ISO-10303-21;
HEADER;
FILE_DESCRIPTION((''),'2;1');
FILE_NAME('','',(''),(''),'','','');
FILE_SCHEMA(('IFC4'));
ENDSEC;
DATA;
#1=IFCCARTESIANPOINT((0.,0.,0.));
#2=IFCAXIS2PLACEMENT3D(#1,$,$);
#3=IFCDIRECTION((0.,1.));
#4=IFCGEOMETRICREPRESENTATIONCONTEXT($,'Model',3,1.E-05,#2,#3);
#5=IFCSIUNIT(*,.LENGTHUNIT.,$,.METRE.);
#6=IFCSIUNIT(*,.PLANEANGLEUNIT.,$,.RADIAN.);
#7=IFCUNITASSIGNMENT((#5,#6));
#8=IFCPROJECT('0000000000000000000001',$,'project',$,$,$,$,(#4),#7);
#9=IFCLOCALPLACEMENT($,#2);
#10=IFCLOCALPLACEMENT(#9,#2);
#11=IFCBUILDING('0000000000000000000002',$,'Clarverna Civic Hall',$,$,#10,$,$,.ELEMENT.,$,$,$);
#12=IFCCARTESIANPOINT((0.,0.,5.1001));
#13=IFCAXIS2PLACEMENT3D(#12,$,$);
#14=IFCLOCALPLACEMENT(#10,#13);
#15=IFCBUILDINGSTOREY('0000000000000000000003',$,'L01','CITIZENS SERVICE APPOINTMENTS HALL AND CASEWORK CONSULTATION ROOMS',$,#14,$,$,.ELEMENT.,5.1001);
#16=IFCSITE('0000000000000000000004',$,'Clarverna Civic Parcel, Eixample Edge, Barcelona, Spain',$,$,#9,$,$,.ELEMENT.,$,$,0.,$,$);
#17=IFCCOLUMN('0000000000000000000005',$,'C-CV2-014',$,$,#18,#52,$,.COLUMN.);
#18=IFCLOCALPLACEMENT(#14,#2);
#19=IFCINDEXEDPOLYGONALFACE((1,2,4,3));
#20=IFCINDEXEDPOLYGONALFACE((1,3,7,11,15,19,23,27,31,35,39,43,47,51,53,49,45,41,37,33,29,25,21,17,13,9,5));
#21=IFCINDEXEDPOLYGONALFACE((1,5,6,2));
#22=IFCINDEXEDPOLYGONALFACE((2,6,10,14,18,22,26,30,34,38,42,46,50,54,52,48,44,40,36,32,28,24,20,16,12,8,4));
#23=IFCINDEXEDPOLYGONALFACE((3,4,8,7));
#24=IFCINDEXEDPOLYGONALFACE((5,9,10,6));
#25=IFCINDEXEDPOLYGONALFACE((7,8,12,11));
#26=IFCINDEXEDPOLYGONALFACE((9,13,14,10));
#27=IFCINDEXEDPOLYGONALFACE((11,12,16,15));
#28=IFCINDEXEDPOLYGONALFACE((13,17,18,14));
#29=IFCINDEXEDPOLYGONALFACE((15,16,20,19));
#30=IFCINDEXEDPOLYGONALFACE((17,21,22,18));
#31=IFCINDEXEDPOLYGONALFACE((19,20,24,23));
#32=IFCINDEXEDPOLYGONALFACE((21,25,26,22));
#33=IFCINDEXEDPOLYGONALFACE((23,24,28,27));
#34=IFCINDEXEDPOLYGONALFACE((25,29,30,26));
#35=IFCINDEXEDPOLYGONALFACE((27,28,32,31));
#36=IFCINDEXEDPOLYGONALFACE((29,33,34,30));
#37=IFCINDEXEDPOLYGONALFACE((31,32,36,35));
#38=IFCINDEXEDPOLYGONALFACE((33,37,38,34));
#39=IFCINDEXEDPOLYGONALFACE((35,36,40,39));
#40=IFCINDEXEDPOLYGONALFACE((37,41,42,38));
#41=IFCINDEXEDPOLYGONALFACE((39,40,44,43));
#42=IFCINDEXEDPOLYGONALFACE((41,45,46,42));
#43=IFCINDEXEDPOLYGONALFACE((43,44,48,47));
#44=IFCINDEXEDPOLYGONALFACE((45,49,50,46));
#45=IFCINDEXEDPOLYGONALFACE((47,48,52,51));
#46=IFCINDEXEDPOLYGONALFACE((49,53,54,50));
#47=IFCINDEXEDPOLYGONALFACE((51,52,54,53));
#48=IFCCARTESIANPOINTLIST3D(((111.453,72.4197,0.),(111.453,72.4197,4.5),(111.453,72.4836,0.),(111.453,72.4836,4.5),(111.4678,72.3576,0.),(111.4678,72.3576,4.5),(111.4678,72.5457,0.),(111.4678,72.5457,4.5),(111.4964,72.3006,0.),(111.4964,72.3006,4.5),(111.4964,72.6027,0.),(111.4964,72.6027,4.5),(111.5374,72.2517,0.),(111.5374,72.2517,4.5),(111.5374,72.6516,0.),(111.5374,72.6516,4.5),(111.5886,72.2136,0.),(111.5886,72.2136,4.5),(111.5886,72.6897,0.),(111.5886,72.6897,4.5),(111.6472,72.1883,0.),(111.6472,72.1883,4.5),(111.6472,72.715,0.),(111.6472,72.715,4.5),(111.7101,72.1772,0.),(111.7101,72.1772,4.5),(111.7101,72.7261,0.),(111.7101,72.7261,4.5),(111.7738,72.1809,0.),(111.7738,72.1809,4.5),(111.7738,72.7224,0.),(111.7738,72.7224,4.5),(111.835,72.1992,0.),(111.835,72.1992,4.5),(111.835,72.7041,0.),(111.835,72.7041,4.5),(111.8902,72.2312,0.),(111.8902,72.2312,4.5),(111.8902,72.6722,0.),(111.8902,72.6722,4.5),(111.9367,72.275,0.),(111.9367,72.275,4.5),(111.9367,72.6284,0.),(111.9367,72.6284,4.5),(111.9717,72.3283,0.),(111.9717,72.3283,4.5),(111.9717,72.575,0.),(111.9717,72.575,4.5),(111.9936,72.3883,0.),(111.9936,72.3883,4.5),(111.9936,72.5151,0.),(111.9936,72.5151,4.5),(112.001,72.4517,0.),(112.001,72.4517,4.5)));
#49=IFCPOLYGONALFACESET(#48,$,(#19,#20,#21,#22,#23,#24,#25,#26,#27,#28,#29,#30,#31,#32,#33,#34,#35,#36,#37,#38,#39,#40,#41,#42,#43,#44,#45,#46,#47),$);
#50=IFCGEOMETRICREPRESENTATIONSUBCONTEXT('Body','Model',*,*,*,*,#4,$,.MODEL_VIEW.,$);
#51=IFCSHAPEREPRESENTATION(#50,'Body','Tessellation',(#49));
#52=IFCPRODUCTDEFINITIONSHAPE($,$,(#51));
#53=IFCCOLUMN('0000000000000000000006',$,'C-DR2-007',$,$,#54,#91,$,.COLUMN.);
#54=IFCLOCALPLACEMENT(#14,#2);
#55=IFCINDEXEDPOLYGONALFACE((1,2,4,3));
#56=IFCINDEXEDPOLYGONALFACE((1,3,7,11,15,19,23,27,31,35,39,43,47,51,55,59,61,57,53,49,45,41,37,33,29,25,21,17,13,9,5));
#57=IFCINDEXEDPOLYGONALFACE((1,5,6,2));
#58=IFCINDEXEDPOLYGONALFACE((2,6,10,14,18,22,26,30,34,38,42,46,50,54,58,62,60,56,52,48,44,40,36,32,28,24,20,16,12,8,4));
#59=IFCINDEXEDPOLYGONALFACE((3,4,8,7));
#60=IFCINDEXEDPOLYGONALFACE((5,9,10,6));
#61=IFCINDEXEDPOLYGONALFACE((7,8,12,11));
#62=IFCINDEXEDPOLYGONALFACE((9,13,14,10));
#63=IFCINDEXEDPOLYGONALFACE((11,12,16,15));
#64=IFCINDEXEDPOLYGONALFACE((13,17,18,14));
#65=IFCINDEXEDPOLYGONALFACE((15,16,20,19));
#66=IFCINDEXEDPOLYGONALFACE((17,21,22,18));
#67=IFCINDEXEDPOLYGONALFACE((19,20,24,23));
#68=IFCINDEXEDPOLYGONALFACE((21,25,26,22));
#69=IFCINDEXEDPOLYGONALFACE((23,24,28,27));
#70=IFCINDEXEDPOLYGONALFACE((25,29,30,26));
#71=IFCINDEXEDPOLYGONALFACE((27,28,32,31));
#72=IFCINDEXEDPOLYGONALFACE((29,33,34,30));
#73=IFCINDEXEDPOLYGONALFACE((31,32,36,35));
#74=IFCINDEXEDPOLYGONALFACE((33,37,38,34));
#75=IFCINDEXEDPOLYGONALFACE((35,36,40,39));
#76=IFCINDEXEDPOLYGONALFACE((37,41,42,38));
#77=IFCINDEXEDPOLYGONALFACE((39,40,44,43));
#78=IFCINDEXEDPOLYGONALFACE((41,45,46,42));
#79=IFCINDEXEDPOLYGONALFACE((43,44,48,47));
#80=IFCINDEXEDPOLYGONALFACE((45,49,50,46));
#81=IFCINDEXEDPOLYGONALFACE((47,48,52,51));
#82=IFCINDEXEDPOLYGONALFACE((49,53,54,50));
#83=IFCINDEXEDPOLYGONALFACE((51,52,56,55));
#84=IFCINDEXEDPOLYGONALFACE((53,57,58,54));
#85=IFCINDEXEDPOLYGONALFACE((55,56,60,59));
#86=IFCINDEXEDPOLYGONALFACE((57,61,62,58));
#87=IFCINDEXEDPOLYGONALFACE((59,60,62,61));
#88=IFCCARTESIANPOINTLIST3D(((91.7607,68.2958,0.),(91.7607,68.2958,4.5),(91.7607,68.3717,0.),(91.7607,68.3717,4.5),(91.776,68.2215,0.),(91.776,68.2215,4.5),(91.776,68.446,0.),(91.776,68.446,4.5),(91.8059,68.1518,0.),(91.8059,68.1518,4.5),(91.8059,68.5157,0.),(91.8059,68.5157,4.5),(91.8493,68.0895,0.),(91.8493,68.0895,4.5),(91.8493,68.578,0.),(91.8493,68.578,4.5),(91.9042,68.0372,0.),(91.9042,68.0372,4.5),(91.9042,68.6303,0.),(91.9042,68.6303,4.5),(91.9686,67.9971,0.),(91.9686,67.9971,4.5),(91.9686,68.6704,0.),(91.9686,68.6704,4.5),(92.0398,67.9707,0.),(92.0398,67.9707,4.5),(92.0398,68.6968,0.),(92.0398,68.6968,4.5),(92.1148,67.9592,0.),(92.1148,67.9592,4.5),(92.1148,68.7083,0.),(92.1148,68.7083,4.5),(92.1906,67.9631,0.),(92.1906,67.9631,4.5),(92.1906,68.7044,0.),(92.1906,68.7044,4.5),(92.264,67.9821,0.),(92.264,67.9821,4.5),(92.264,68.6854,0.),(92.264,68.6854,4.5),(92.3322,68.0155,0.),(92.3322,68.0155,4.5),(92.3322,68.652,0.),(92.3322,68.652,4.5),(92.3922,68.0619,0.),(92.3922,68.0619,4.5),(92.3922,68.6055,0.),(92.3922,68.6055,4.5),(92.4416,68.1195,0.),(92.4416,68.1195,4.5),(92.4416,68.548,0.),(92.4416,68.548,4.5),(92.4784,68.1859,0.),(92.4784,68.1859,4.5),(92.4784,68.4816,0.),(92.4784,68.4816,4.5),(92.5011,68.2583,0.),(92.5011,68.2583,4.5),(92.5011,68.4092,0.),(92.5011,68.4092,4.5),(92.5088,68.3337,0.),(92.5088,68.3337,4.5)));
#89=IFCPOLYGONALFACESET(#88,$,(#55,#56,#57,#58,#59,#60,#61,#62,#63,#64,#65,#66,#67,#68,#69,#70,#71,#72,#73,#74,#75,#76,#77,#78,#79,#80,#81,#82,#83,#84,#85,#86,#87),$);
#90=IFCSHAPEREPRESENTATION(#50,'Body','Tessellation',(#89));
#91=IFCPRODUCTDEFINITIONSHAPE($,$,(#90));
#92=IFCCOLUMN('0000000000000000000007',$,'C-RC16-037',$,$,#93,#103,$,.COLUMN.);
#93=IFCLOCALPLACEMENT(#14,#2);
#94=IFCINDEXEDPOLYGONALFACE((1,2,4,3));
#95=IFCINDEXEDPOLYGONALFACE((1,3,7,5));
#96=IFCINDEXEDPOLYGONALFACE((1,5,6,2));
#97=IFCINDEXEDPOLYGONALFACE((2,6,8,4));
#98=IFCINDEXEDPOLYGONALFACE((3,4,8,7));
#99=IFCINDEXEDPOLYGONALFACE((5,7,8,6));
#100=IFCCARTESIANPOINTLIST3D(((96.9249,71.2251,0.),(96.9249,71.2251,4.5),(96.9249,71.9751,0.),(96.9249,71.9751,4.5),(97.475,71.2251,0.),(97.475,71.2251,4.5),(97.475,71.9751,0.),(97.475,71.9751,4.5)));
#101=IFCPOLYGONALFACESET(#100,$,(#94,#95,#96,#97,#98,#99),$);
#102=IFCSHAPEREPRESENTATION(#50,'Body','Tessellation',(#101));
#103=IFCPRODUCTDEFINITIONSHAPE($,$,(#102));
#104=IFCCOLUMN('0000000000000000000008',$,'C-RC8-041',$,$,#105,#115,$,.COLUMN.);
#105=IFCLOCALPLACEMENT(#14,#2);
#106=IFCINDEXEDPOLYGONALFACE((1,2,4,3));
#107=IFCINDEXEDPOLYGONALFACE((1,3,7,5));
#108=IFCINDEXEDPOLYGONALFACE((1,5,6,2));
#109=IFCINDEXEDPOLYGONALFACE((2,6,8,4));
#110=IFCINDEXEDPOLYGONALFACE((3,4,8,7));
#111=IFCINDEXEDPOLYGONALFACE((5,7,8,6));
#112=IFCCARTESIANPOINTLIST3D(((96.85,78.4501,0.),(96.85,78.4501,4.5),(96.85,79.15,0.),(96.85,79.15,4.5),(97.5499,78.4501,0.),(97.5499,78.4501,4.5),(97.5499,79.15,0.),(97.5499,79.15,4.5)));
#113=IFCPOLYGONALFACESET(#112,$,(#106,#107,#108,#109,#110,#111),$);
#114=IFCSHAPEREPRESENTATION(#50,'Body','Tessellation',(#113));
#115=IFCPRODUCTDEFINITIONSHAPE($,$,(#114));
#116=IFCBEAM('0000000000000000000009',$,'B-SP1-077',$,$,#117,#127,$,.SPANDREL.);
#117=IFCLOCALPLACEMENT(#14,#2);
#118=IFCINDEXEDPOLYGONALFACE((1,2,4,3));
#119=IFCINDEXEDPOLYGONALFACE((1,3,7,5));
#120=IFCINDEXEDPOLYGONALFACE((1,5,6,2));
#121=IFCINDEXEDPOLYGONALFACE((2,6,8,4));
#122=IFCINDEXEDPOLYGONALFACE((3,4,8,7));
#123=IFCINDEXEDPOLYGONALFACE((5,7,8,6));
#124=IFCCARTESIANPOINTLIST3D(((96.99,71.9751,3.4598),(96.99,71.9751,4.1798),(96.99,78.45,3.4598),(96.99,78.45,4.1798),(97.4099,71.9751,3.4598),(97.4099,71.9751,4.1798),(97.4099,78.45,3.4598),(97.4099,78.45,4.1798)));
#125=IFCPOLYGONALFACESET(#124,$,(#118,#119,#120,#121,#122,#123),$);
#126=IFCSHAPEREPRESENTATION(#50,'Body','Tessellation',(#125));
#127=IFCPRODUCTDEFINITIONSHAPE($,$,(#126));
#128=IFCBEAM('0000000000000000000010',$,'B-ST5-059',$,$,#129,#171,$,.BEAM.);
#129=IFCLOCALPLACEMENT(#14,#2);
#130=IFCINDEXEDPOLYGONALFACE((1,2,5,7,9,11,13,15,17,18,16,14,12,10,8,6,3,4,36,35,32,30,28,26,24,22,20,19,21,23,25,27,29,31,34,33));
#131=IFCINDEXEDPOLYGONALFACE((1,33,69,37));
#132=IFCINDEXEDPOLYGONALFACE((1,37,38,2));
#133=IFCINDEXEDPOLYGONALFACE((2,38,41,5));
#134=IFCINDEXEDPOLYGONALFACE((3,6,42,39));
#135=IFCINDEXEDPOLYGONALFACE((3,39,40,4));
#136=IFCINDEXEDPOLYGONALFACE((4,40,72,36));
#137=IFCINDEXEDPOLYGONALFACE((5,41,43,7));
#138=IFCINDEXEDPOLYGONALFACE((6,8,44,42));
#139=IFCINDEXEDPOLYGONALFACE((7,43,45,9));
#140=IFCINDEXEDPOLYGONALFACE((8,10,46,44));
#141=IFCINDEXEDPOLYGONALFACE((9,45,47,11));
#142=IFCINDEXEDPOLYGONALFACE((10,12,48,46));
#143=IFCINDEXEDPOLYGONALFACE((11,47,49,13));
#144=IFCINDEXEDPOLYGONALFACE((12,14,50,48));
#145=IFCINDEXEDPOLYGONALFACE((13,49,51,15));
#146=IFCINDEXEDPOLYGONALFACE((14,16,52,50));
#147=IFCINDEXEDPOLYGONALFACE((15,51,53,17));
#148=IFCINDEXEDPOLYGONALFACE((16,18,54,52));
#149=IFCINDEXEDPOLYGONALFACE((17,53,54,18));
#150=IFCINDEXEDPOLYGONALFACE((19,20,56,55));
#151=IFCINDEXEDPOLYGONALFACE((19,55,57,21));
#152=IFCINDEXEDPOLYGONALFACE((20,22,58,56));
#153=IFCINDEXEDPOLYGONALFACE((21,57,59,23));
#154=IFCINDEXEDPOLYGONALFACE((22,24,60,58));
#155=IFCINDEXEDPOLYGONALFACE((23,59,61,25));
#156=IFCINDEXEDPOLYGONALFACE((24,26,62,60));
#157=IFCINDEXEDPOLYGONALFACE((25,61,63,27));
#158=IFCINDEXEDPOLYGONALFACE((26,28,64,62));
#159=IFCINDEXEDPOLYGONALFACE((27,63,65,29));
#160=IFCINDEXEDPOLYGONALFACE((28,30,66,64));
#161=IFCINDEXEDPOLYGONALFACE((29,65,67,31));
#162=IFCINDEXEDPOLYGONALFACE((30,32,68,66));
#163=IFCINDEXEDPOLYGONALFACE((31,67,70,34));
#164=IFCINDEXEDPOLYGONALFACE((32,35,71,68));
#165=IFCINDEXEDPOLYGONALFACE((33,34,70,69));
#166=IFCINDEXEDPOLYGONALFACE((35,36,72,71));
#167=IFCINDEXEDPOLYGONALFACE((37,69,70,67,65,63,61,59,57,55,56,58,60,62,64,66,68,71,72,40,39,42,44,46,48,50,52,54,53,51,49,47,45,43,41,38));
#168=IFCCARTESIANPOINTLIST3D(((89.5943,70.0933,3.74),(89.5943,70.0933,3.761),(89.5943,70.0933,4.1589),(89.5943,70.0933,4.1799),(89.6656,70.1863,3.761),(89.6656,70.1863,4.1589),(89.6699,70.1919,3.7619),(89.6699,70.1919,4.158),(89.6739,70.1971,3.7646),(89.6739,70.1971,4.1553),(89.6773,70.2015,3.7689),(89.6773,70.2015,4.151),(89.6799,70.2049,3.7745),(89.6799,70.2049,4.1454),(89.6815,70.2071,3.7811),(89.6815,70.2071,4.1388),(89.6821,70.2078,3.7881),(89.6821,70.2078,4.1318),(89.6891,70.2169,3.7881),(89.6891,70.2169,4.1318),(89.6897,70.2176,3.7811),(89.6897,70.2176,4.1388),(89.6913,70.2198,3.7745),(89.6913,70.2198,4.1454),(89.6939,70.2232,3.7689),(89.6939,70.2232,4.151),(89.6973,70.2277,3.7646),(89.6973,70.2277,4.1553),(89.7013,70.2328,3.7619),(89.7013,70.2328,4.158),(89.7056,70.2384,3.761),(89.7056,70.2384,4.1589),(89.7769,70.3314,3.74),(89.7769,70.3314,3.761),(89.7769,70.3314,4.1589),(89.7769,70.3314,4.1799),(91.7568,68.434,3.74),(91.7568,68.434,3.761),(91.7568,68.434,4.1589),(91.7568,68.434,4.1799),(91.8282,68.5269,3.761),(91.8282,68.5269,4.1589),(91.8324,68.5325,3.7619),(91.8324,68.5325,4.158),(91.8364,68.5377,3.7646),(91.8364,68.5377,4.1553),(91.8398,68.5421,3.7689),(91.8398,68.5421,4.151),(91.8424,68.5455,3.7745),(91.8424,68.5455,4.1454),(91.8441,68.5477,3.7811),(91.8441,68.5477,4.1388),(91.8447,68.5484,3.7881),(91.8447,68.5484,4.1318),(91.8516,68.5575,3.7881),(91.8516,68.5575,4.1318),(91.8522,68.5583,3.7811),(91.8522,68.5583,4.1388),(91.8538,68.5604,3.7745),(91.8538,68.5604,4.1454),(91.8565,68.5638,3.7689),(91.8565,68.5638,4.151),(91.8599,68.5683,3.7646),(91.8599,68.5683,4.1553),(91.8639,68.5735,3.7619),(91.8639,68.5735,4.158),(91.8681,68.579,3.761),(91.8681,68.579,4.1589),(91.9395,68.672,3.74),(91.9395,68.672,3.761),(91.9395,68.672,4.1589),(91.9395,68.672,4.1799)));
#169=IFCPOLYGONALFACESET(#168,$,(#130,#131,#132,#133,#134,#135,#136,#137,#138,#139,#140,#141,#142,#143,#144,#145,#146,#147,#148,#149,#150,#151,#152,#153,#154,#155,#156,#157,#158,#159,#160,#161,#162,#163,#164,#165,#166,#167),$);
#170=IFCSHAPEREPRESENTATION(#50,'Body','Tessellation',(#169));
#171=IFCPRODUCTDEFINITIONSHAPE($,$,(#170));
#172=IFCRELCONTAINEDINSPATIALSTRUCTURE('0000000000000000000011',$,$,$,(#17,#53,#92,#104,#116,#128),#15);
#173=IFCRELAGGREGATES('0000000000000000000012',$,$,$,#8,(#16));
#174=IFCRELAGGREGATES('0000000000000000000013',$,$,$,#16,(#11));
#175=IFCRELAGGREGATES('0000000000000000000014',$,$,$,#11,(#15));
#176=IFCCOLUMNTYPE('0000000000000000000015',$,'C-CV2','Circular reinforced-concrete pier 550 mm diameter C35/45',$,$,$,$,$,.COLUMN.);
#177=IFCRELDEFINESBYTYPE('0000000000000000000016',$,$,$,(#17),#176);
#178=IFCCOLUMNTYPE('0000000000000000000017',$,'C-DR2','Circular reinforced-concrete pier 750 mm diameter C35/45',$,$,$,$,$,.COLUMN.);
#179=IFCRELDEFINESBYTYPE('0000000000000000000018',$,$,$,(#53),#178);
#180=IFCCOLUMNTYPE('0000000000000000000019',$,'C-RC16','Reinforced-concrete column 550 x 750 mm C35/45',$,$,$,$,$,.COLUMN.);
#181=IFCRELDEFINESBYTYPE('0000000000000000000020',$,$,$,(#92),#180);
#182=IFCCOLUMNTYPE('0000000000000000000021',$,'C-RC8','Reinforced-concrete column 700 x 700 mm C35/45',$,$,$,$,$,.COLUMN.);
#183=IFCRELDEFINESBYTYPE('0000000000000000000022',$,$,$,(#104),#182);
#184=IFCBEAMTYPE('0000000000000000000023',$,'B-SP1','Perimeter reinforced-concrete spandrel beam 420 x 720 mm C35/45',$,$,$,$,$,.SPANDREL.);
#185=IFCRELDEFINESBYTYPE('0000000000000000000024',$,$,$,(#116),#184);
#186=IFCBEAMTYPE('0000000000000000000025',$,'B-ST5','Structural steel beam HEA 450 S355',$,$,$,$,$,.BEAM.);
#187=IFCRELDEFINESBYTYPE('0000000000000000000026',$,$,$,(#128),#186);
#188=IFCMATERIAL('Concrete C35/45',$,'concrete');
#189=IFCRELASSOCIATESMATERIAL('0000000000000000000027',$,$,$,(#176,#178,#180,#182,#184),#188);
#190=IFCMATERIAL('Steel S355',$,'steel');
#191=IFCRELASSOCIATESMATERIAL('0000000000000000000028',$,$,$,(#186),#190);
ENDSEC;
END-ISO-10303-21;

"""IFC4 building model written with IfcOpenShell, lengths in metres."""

from ifc_helpers import new_model, si_unit, direction, frame, origin, origin_2d, place, context, subcontext, project, spatial, rectangle, circle, i_section, extrude, material, material_profile, profile_set, type_object, element, save


model = new_model("IFC4")

# Units and contexts
model_context = context("Model", 3, precision=1e-05, world=origin(), true_north=direction((0.0, 1.0)))
body_context = subcontext(model_context, "Body", "Model", "MODEL_VIEW")
ifc_project = project(units=[si_unit("LENGTHUNIT", "METRE"), si_unit("PLANEANGLEUNIT", "RADIAN")], contexts=[model_context])

# Site, building, storey
site_placement = place(None, origin())
site = spatial("IfcSite", under=ifc_project, at=site_placement, Name="Clarverna Civic Parcel, Eixample Edge, Barcelona, Spain", CompositionType="ELEMENT", RefElevation=0.0)
building_placement = place(site_placement, origin())
building = spatial("IfcBuilding", under=site, at=building_placement, Name="Clarverna Civic Hall", CompositionType="ELEMENT")
storey_placement = place(building_placement, frame((0.0, 0.0, 5.1001)))
storey = spatial("IfcBuildingStorey", under=building, at=storey_placement, Name="L01", Description="CITIZENS SERVICE APPOINTMENTS HALL AND CASEWORK CONSULTATION ROOMS", CompositionType="ELEMENT", Elevation=5.1001)

# Columns
ifc_material_1 = material(Name="Concrete C35/45", Category="concrete")
ifc_material_profile_1 = material_profile(ifc_material_1, circle(Radius=0.2749, at=origin_2d()), Name="RC D550")
ifc_profile_set_1 = profile_set([ifc_material_profile_1], Name="Concrete C35/45")
column_type_1 = type_object("IfcColumnType", Name="C-CV2", Description="Circular reinforced-concrete pier 550 mm diameter C35/45", PredefinedType="COLUMN", material=ifc_profile_set_1)
column_1_placement = place(storey_placement, frame((111.7261, 72.4517, 0.0), z_axis=(0.0, 0.0, 1.0), x_axis=(1.0, 0.0, 0.0)))
element("IfcColumn", 1, at=column_1_placement, inside=storey, type_object=column_type_1, Name="C-CV2-014", PredefinedType="COLUMN", context=body_context, shape_type="SweptSolid", body=[
    extrude(circle(Radius=0.2749, at=origin_2d()), origin(), (0.0, 0.0, 1.0), 4.5),
])
ifc_material_profile_2 = material_profile(ifc_material_1, circle(Radius=0.375, at=origin_2d()), Name="RC D750")
ifc_profile_set_2 = profile_set([ifc_material_profile_2], Name="Concrete C35/45")
column_type_2 = type_object("IfcColumnType", Name="C-DR2", Description="Circular reinforced-concrete pier 750 mm diameter C35/45", PredefinedType="COLUMN", material=ifc_profile_set_2)
column_2_placement = place(storey_placement, frame((92.1338, 68.3337, 0.0), z_axis=(0.0, 0.0, 1.0), x_axis=(1.0, 0.0, 0.0)))
element("IfcColumn", 2, at=column_2_placement, inside=storey, type_object=column_type_2, Name="C-DR2-007", PredefinedType="COLUMN", context=body_context, shape_type="SweptSolid", body=[
    extrude(circle(Radius=0.375, at=origin_2d()), origin(), (0.0, 0.0, 1.0), 4.5),
])
ifc_material_profile_3 = material_profile(ifc_material_1, rectangle(XDim=0.55, YDim=0.75, at=origin_2d()), Name="RC 550x750")
ifc_profile_set_3 = profile_set([ifc_material_profile_3], Name="Concrete C35/45")
column_type_3 = type_object("IfcColumnType", Name="C-RC16", Description="Reinforced-concrete column 550 x 750 mm C35/45", PredefinedType="COLUMN", material=ifc_profile_set_3)
column_3_placement = place(storey_placement, frame((97.2, 71.6001, 0.0), z_axis=(0.0, 0.0, 1.0), x_axis=(1.0, 0.0, 0.0)))
element("IfcColumn", 3, at=column_3_placement, inside=storey, type_object=column_type_3, Name="C-RC16-037", PredefinedType="COLUMN", context=body_context, shape_type="SweptSolid", body=[
    extrude(rectangle(XDim=0.55, YDim=0.75, at=origin_2d()), origin(), (0.0, 0.0, 1.0), 4.5),
])
ifc_material_profile_4 = material_profile(ifc_material_1, rectangle(XDim=0.7, YDim=0.7, at=origin_2d()), Name="RC 700x700")
ifc_profile_set_4 = profile_set([ifc_material_profile_4], Name="Concrete C35/45")
column_type_4 = type_object("IfcColumnType", Name="C-RC8", Description="Reinforced-concrete column 700 x 700 mm C35/45", PredefinedType="COLUMN", material=ifc_profile_set_4)
column_4_placement = place(storey_placement, frame((97.2, 78.8, 0.0), z_axis=(0.0, 0.0, 1.0), x_axis=(1.0, 0.0, 0.0)))
element("IfcColumn", 4, at=column_4_placement, inside=storey, type_object=column_type_4, Name="C-RC8-041", PredefinedType="COLUMN", context=body_context, shape_type="SweptSolid", body=[
    extrude(rectangle(XDim=0.7, YDim=0.7, at=origin_2d()), origin(), (0.0, 0.0, 1.0), 4.5),
])

# Beams
ifc_material_profile_5 = material_profile(ifc_material_1, rectangle(XDim=0.4199, YDim=0.72, at=origin_2d()), Name="RC 420x720")
ifc_profile_set_5 = profile_set([ifc_material_profile_5], Name="Concrete C35/45")
beam_type_1 = type_object("IfcBeamType", Name="B-SP1", Description="Perimeter reinforced-concrete spandrel beam 420 x 720 mm C35/45", PredefinedType="SPANDREL", material=ifc_profile_set_5)
beam_1_placement = place(storey_placement, frame((97.2, 71.9751, 3.8198), z_axis=(0.0, 1.0, 0.0), x_axis=(-1.0, 0.0, 0.0)))
element("IfcBeam", 5, at=beam_1_placement, inside=storey, type_object=beam_type_1, Name="B-SP1-077", PredefinedType="SPANDREL", context=body_context, shape_type="SweptSolid", body=[
    extrude(rectangle(XDim=0.4199, YDim=0.72, at=origin_2d()), origin(), (0.0, 0.0, 1.0), 6.4749),
])
ifc_material_2 = material(Name="Steel S355", Category="steel")
ifc_material_profile_6 = material_profile(ifc_material_2, i_section(OverallWidth=0.3, OverallDepth=0.4399, WebThickness=0.0115, FlangeThickness=0.021, FilletRadius=0.0271, at=origin_2d()), Name="HEA 450")
ifc_profile_set_6 = profile_set([ifc_material_profile_6], Name="Steel S355")
beam_type_2 = type_object("IfcBeamType", Name="B-ST5", Description="Structural steel beam HEA 450 S355", PredefinedType="BEAM", material=ifc_profile_set_6)
beam_2_placement = place(storey_placement, frame((91.8481, 68.553, 3.96), z_axis=(-0.793353, 0.608762, 0.0), x_axis=(-0.608762, -0.793353, 0.0)))
element("IfcBeam", 6, at=beam_2_placement, inside=storey, type_object=beam_type_2, Name="B-ST5-059", PredefinedType="BEAM", context=body_context, shape_type="SweptSolid", body=[
    extrude(i_section(OverallWidth=0.3, OverallDepth=0.4399, WebThickness=0.0115, FlangeThickness=0.021, FilletRadius=0.0271, at=origin_2d()), origin(), (0.0, 0.0, 1.0), 2.7258),
])

save(model, "model.ifc")
